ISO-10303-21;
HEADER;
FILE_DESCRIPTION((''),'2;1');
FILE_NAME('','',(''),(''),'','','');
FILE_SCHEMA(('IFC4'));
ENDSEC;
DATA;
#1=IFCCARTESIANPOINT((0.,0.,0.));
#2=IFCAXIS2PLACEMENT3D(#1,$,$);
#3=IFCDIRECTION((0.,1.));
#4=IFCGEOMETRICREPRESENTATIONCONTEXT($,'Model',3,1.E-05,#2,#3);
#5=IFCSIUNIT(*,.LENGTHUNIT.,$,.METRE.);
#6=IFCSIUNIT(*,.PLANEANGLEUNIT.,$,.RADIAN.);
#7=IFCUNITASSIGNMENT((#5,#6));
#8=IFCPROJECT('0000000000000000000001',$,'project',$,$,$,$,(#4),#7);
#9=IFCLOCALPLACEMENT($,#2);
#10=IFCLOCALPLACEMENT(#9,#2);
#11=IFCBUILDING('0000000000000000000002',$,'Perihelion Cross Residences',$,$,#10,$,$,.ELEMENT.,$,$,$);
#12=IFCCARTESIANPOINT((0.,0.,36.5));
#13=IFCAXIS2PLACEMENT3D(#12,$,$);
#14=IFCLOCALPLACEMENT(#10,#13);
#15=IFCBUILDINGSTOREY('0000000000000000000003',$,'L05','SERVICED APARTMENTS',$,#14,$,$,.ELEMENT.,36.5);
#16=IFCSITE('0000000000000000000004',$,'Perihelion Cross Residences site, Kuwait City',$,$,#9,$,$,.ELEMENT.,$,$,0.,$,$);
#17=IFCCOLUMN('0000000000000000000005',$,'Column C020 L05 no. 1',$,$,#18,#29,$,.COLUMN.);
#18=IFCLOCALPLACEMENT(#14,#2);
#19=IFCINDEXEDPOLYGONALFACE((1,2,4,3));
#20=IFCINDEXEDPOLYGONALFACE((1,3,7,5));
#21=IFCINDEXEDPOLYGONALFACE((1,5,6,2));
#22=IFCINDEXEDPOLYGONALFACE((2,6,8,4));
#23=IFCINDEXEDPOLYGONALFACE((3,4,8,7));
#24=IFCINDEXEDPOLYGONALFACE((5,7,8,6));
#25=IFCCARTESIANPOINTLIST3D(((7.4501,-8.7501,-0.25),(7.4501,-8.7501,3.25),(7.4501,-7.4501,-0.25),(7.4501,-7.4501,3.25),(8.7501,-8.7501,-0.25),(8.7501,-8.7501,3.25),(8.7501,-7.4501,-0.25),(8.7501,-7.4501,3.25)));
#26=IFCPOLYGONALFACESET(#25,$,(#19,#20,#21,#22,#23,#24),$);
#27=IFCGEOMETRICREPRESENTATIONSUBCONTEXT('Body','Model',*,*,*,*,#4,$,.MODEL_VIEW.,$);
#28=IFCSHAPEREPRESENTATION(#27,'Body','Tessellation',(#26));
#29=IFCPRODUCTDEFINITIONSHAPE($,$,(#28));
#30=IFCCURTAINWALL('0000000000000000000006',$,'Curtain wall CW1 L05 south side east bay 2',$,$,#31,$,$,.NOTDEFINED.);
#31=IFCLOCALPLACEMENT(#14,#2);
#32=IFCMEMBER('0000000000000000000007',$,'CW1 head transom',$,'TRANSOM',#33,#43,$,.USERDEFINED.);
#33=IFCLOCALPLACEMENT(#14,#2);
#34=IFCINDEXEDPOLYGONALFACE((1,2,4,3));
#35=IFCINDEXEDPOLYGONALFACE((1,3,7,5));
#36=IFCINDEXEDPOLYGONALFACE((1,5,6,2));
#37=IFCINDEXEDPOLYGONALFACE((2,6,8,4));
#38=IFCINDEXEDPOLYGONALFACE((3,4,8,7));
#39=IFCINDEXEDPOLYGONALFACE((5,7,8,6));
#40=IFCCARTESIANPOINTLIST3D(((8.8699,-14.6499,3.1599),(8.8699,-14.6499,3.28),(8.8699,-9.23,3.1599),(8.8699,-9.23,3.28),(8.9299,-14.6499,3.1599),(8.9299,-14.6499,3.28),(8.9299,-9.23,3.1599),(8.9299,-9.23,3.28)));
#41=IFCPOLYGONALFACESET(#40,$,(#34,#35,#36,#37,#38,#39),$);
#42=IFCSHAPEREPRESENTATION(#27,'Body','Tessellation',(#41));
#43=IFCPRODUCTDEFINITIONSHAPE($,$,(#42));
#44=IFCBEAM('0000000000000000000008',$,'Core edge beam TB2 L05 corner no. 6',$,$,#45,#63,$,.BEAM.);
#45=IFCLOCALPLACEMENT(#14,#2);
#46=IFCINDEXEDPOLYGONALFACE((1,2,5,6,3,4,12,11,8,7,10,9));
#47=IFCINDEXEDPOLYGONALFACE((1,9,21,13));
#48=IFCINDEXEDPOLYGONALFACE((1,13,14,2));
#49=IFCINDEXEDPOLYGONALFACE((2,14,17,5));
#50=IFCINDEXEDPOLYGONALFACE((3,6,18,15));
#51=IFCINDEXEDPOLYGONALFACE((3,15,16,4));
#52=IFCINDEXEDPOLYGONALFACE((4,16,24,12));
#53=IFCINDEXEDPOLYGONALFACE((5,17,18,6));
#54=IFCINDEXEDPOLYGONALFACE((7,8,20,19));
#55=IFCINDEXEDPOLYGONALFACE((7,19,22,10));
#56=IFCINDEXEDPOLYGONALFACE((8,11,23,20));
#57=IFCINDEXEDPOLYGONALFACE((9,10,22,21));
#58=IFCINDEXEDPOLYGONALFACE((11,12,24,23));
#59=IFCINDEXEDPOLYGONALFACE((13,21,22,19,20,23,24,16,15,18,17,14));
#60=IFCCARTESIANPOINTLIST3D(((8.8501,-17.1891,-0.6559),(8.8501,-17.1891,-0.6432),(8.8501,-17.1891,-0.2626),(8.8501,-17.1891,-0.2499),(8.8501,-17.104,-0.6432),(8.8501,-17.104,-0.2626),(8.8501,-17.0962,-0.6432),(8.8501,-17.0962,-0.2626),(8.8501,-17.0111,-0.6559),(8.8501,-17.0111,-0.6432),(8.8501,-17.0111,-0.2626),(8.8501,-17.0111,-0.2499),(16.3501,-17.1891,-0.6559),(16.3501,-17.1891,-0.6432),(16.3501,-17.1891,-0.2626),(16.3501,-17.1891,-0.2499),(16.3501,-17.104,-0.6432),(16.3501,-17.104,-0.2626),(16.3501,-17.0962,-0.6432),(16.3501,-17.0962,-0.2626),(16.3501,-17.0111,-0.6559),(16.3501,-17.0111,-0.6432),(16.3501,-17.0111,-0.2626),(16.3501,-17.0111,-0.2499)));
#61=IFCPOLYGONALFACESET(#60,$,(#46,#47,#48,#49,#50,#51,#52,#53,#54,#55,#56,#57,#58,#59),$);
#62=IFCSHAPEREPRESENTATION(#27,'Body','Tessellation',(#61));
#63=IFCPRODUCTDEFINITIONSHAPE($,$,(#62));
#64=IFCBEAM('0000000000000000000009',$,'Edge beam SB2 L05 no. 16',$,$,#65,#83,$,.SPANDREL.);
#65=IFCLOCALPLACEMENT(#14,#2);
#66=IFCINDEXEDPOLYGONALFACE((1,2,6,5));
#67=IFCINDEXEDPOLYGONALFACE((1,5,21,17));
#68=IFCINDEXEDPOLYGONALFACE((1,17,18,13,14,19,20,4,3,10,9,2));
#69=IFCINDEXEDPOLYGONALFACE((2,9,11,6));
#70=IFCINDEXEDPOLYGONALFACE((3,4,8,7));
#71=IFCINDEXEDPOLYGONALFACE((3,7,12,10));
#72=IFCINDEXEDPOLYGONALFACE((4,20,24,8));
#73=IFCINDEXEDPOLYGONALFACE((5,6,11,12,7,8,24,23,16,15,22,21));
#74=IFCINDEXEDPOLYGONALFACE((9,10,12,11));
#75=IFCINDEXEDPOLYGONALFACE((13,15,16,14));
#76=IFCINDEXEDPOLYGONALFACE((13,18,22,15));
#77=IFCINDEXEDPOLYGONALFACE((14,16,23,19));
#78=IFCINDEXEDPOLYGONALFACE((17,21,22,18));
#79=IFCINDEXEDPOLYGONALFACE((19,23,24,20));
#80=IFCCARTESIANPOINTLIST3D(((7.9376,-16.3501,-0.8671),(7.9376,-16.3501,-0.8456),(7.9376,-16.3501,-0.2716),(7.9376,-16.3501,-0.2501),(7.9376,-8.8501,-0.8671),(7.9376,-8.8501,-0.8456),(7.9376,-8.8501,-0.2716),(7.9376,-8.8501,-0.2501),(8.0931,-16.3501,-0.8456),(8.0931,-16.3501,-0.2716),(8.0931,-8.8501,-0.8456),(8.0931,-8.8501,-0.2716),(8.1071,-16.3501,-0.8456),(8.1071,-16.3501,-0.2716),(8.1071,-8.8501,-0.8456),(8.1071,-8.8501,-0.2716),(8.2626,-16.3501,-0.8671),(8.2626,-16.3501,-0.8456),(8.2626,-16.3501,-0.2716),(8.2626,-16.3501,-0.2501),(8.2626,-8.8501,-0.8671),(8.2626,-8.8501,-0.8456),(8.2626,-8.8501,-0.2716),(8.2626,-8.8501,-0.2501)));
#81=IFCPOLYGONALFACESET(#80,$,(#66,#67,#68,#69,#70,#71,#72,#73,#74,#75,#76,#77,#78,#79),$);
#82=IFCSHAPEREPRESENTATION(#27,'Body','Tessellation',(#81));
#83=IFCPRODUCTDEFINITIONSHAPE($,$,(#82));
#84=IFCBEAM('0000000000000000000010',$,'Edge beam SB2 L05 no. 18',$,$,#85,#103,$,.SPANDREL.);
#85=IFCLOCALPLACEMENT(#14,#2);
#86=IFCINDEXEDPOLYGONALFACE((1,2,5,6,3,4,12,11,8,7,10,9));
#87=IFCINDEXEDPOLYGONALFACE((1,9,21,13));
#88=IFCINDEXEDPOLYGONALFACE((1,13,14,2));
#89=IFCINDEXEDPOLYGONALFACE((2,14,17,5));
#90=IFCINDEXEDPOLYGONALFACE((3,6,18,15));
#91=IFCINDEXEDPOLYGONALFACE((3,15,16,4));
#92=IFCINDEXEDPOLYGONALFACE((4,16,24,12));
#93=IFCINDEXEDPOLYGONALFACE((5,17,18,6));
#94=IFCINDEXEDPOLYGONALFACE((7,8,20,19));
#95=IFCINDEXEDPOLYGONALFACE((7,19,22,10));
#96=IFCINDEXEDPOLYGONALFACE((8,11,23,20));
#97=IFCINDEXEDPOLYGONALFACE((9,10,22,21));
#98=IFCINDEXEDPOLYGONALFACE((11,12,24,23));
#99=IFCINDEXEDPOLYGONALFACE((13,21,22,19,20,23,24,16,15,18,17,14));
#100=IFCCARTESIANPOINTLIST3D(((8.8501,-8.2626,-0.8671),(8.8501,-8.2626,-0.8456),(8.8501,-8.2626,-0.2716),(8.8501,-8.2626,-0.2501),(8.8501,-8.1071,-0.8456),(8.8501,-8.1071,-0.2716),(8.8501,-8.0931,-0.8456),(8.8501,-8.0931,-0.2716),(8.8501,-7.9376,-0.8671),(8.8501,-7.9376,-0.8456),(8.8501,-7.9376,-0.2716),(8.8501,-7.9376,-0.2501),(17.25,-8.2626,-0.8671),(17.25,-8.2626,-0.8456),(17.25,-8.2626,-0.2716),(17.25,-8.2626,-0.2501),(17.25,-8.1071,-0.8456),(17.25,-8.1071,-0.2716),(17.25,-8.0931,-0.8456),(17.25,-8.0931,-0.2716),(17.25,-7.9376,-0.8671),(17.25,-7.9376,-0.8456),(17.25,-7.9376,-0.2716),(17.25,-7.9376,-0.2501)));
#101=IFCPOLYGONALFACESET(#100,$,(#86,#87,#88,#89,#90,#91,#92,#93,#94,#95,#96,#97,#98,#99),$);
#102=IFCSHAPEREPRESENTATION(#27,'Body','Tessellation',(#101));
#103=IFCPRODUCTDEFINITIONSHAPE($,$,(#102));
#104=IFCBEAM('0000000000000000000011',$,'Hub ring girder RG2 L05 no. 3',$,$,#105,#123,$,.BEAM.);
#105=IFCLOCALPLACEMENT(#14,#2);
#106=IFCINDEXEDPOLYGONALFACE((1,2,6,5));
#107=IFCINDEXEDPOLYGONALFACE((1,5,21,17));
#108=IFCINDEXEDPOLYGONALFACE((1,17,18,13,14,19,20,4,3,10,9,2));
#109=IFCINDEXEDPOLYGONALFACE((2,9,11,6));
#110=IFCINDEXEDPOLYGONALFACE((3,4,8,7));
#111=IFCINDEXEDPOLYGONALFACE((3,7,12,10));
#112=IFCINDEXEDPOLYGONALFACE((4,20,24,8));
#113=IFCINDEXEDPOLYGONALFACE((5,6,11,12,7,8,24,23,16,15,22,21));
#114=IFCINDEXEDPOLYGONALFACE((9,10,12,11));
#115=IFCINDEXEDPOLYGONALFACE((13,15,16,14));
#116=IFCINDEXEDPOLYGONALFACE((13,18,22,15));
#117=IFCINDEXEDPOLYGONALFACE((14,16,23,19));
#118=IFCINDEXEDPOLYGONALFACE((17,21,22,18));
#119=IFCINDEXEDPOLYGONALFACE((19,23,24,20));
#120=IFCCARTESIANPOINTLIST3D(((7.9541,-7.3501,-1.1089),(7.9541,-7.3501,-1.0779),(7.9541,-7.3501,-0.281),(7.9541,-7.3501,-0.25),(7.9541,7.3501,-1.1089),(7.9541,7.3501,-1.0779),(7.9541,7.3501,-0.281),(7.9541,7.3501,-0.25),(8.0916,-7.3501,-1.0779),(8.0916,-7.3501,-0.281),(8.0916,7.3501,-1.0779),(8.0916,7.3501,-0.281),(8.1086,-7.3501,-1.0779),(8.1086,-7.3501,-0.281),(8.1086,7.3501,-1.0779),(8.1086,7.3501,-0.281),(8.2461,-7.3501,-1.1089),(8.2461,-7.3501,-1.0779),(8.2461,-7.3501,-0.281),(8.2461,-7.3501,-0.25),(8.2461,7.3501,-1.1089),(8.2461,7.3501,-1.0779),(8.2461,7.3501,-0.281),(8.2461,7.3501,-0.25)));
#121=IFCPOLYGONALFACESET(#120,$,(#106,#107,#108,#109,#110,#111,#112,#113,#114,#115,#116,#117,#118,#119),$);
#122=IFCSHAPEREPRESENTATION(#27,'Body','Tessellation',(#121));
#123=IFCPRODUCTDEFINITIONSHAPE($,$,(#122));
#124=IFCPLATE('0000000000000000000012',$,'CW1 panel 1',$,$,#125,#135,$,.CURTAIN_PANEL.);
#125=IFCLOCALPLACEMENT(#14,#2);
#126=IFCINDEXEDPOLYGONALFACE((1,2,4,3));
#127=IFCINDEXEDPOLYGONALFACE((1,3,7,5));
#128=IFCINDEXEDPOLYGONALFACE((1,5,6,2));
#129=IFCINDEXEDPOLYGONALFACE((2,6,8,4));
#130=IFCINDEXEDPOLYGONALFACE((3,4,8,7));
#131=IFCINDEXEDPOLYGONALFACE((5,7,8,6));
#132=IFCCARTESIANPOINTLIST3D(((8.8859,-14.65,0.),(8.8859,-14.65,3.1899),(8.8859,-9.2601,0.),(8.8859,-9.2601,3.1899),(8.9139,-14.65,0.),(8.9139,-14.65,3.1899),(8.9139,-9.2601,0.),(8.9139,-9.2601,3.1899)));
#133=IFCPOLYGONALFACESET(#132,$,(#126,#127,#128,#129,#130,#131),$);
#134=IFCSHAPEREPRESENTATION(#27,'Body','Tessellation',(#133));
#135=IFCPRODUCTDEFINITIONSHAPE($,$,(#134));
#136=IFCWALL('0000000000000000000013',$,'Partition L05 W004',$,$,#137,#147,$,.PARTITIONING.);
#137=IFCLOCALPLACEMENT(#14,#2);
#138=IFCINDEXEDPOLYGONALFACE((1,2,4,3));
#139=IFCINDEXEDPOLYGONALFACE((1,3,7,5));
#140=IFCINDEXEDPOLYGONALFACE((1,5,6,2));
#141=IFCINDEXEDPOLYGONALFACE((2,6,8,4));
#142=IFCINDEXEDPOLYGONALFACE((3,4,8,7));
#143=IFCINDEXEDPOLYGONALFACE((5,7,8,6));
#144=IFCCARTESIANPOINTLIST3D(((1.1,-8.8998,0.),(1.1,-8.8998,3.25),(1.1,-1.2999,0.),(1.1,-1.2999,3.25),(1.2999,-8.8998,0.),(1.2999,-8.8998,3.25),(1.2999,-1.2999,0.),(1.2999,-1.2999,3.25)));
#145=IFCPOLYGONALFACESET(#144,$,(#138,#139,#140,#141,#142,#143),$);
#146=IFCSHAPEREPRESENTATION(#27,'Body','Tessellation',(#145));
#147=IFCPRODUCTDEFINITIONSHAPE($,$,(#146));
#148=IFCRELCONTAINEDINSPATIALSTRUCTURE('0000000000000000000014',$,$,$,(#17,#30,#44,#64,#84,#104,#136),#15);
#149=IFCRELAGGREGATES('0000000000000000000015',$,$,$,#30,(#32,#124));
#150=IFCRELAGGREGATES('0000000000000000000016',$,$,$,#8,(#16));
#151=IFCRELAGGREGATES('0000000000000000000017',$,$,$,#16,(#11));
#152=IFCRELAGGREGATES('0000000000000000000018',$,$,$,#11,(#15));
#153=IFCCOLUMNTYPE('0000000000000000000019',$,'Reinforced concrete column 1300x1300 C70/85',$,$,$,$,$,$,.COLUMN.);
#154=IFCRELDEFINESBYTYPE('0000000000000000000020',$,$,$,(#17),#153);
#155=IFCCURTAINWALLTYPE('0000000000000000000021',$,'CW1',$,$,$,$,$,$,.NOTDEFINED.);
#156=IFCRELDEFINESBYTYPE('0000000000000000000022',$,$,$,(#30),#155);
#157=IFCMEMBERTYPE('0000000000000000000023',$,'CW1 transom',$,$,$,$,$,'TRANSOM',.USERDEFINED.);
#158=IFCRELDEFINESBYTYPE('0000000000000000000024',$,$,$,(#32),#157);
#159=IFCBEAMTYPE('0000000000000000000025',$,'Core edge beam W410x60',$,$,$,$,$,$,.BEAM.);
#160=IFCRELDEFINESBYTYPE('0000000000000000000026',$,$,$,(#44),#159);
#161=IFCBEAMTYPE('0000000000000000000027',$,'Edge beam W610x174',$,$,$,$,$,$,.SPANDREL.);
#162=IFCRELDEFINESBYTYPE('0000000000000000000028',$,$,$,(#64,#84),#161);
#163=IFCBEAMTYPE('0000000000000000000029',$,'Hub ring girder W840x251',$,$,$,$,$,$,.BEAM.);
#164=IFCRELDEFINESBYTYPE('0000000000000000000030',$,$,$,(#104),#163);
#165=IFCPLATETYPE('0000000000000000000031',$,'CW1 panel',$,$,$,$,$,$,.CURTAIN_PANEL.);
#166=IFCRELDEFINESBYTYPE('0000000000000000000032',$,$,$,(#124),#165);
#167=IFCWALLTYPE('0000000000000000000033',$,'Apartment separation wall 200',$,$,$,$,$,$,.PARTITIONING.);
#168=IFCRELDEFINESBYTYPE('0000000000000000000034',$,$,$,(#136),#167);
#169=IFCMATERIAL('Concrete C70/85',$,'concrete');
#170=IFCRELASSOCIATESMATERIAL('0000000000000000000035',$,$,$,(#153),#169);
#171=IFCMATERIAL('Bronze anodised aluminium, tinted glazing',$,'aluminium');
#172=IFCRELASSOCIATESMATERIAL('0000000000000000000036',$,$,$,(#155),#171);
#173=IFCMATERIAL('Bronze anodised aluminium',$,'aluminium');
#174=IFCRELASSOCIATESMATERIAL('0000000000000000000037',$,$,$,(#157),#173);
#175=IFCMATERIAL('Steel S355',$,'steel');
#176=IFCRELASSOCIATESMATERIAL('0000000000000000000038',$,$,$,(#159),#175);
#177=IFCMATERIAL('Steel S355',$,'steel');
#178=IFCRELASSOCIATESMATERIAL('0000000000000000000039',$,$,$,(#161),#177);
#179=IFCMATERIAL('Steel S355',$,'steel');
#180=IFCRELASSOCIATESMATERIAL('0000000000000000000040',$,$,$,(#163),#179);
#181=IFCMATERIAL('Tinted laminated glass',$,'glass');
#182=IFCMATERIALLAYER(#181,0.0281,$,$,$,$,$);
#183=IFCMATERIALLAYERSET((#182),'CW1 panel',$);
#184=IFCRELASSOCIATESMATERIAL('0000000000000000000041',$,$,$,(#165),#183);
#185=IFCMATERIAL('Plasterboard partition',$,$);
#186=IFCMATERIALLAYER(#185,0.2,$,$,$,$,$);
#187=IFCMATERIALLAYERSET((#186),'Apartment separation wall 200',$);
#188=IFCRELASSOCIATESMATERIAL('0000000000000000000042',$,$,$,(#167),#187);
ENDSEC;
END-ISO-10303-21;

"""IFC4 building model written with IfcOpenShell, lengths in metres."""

from ifc_helpers import new_model, si_unit, direction, frame, frame_2d, origin, origin_2d, place, context, subcontext, project, spatial, rectangle, i_section, extrude, material, layer, layer_set, material_profile, profile_set, type_object, element, aggregate, save


model = new_model("IFC4")

# Units and contexts
model_context = context("Model", 3, precision=1e-05, world=origin(), true_north=direction((0.0, 1.0)))
body_context = subcontext(model_context, "Body", "Model", "MODEL_VIEW")
ifc_project = project(units=[si_unit("LENGTHUNIT", "METRE"), si_unit("PLANEANGLEUNIT", "RADIAN")], contexts=[model_context])

# Site, building, storey
site_placement = place(None, origin())
site = spatial("IfcSite", under=ifc_project, at=site_placement, Name="Perihelion Cross Residences site, Kuwait City", CompositionType="ELEMENT", RefElevation=0.0)
building_placement = place(site_placement, origin())
building = spatial("IfcBuilding", under=site, at=building_placement, Name="Perihelion Cross Residences", CompositionType="ELEMENT")
storey_placement = place(building_placement, frame((0.0, 0.0, 36.5)))
storey = spatial("IfcBuildingStorey", under=building, at=storey_placement, Name="L05", Description="SERVICED APARTMENTS", CompositionType="ELEMENT", Elevation=36.5)

# Column
ifc_material_1 = material(Name="Concrete C70/85", Category="concrete")
ifc_material_profile_1 = material_profile(ifc_material_1, rectangle(XDim=1.3, YDim=1.3, at=origin_2d()), Name="RC 1300x1300")
ifc_profile_set_1 = profile_set([ifc_material_profile_1], Name="Concrete C70/85")
column_type = type_object("IfcColumnType", Name="Reinforced concrete column 1300x1300 C70/85", PredefinedType="COLUMN", material=ifc_profile_set_1)
column_placement = place(storey_placement, frame((8.1001, -8.1001, -0.25), z_axis=(0.0, 0.0, 1.0), x_axis=(1.0, 0.0, 0.0)))
element("IfcColumn", 1, at=column_placement, inside=storey, type_object=column_type, Name="Column C020 L05 no. 1", PredefinedType="COLUMN", context=body_context, shape_type="SweptSolid", body=[
    extrude(rectangle(XDim=1.3, YDim=1.3, at=origin_2d()), origin(), (0.0, 0.0, 1.0), 3.5),
])

# Curtain wall, member
ifc_material_2 = material(Name="Bronze anodised aluminium, tinted glazing", Category="aluminium")
curtain_wall_type = type_object("IfcCurtainWallType", Name="CW1", PredefinedType="NOTDEFINED", material=ifc_material_2)
curtain_wall_placement = place(storey_placement, origin())
curtain_wall = element("IfcCurtainWall", 2, at=curtain_wall_placement, inside=storey, type_object=curtain_wall_type, Name="Curtain wall CW1 L05 south side east bay 2", PredefinedType="NOTDEFINED")
ifc_material_3 = material(Name="Bronze anodised aluminium", Category="aluminium")
ifc_material_profile_2 = material_profile(ifc_material_3, rectangle(XDim=0.0601, YDim=0.1201, at=origin_2d()), Name="CW1 transom")
ifc_profile_set_2 = profile_set([ifc_material_profile_2], Name="Bronze anodised aluminium")
member_type = type_object("IfcMemberType", Name="CW1 transom", ElementType="TRANSOM", PredefinedType="USERDEFINED", material=ifc_profile_set_2)
member_placement = place(storey_placement, frame((8.8999, -14.6499, 3.22), z_axis=(0.0, 1.0, 0.0), x_axis=(-1.0, 0.0, 0.0)))
member = element("IfcMember", 3, at=member_placement, type_object=member_type, Name="CW1 head transom", ObjectType="TRANSOM", PredefinedType="USERDEFINED", context=body_context, shape_type="SweptSolid", body=[
    extrude(rectangle(XDim=0.0601, YDim=0.1201, at=origin_2d()), origin(), (0.0, 0.0, 1.0), 5.4199),
])

# Beams
ifc_material_4 = material(Name="Steel S355", Category="steel")
ifc_material_profile_3 = material_profile(ifc_material_4, i_section(OverallWidth=0.178, OverallDepth=0.406, WebThickness=0.0078, FlangeThickness=0.0127, at=origin_2d()), Name="W410x60")
ifc_profile_set_3 = profile_set([ifc_material_profile_3], Name="Steel S355")
beam_type_1 = type_object("IfcBeamType", Name="Core edge beam W410x60", PredefinedType="BEAM", material=ifc_profile_set_3)
beam_1_placement = place(storey_placement, frame((8.8501, -17.1001, -0.4529), z_axis=(1.0, 0.0, 0.0), x_axis=(0.0, 1.0, 0.0)))
element("IfcBeam", 4, at=beam_1_placement, inside=storey, type_object=beam_type_1, Name="Core edge beam TB2 L05 corner no. 6", PredefinedType="BEAM", context=body_context, shape_type="SweptSolid", body=[
    extrude(i_section(OverallWidth=0.178, OverallDepth=0.406, WebThickness=0.0078, FlangeThickness=0.0127, at=origin_2d()), origin(), (0.0, 0.0, 1.0), 7.5),
])
ifc_material_5 = material(Name="Steel S355", Category="steel")
ifc_material_profile_4 = material_profile(ifc_material_5, i_section(OverallWidth=0.325, OverallDepth=0.6169, WebThickness=0.0139, FlangeThickness=0.0215, at=origin_2d()), Name="W610x174")
ifc_profile_set_4 = profile_set([ifc_material_profile_4], Name="Steel S355")
beam_type_2 = type_object("IfcBeamType", Name="Edge beam W610x174", PredefinedType="SPANDREL", material=ifc_profile_set_4)
beam_2_placement = place(storey_placement, frame((8.1001, -16.3501, -0.5586), z_axis=(0.0, 1.0, 0.0), x_axis=(-1.0, 0.0, 0.0)))
element("IfcBeam", 5, at=beam_2_placement, inside=storey, type_object=beam_type_2, Name="Edge beam SB2 L05 no. 16", PredefinedType="SPANDREL", context=body_context, shape_type="SweptSolid", body=[
    extrude(i_section(OverallWidth=0.325, OverallDepth=0.6169, WebThickness=0.0139, FlangeThickness=0.0215, at=origin_2d()), origin(), (0.0, 0.0, 1.0), 7.5),
])
beam_3_placement = place(storey_placement, frame((8.8501, -8.1001, -0.5586), z_axis=(1.0, 0.0, 0.0), x_axis=(0.0, 1.0, 0.0)))
element("IfcBeam", 6, at=beam_3_placement, inside=storey, type_object=beam_type_2, Name="Edge beam SB2 L05 no. 18", PredefinedType="SPANDREL", context=body_context, shape_type="SweptSolid", body=[
    extrude(i_section(OverallWidth=0.325, OverallDepth=0.6169, WebThickness=0.0139, FlangeThickness=0.0215, at=origin_2d()), origin(), (0.0, 0.0, 1.0), 8.3999),
])
ifc_material_6 = material(Name="Steel S355", Category="steel")
ifc_material_profile_5 = material_profile(ifc_material_6, i_section(OverallWidth=0.292, OverallDepth=0.8589, WebThickness=0.0171, FlangeThickness=0.031, at=origin_2d()), Name="W840x251")
ifc_profile_set_5 = profile_set([ifc_material_profile_5], Name="Steel S355")
beam_type_3 = type_object("IfcBeamType", Name="Hub ring girder W840x251", PredefinedType="BEAM", material=ifc_profile_set_5)
beam_4_placement = place(storey_placement, frame((8.1001, -7.3501, -0.6794), z_axis=(0.0, 1.0, 0.0), x_axis=(-1.0, 0.0, 0.0)))
element("IfcBeam", 7, at=beam_4_placement, inside=storey, type_object=beam_type_3, Name="Hub ring girder RG2 L05 no. 3", PredefinedType="BEAM", context=body_context, shape_type="SweptSolid", body=[
    extrude(i_section(OverallWidth=0.292, OverallDepth=0.8589, WebThickness=0.0171, FlangeThickness=0.031, at=origin_2d()), origin(), (0.0, 0.0, 1.0), 14.7002),
])

# Plate
ifc_material_7 = material(Name="Tinted laminated glass", Category="glass")
ifc_layer_1 = layer(ifc_material_7, 0.0281)
ifc_layer_set_1 = layer_set([ifc_layer_1], Name="CW1 panel")
plate_type = type_object("IfcPlateType", Name="CW1 panel", PredefinedType="CURTAIN_PANEL", material=ifc_layer_set_1)
plate_placement = place(storey_placement, frame((8.8999, -11.9551, 0.0), z_axis=(0.0, 0.0, 1.0), x_axis=(0.0, 1.0, 0.0)))
plate = element("IfcPlate", 8, at=plate_placement, type_object=plate_type, Name="CW1 panel 1", PredefinedType="CURTAIN_PANEL", context=body_context, shape_type="SweptSolid", body=[
    extrude(rectangle(XDim=5.3899, YDim=0.0281, at=origin_2d()), origin(), (0.0, 0.0, 1.0), 3.1899),
])
aggregate(curtain_wall, [member, plate])

# Wall
ifc_material_8 = material(Name="Plasterboard partition")
ifc_layer_2 = layer(ifc_material_8, 0.2)
ifc_layer_set_2 = layer_set([ifc_layer_2], Name="Apartment separation wall 200")
wall_type_1 = type_object("IfcWallType", Name="Apartment separation wall 200", PredefinedType="PARTITIONING", material=ifc_layer_set_2)
wall_1_placement = place(storey_placement, frame((1.2, -1.3, 0.0), z_axis=(0.0, 0.0, 1.0), x_axis=(0.0, -1.0, 0.0)))
element("IfcWall", 9, at=wall_1_placement, inside=storey, type_object=wall_type_1, Name="Partition L05 W004", PredefinedType="PARTITIONING", context=body_context, shape_type="SweptSolid", body=[
    extrude(rectangle(XDim=7.5999, YDim=0.2, at=frame_2d((3.7998, 0.0))), origin(), (0.0, 0.0, 1.0), 3.25),
])

save(model, "model.ifc")
